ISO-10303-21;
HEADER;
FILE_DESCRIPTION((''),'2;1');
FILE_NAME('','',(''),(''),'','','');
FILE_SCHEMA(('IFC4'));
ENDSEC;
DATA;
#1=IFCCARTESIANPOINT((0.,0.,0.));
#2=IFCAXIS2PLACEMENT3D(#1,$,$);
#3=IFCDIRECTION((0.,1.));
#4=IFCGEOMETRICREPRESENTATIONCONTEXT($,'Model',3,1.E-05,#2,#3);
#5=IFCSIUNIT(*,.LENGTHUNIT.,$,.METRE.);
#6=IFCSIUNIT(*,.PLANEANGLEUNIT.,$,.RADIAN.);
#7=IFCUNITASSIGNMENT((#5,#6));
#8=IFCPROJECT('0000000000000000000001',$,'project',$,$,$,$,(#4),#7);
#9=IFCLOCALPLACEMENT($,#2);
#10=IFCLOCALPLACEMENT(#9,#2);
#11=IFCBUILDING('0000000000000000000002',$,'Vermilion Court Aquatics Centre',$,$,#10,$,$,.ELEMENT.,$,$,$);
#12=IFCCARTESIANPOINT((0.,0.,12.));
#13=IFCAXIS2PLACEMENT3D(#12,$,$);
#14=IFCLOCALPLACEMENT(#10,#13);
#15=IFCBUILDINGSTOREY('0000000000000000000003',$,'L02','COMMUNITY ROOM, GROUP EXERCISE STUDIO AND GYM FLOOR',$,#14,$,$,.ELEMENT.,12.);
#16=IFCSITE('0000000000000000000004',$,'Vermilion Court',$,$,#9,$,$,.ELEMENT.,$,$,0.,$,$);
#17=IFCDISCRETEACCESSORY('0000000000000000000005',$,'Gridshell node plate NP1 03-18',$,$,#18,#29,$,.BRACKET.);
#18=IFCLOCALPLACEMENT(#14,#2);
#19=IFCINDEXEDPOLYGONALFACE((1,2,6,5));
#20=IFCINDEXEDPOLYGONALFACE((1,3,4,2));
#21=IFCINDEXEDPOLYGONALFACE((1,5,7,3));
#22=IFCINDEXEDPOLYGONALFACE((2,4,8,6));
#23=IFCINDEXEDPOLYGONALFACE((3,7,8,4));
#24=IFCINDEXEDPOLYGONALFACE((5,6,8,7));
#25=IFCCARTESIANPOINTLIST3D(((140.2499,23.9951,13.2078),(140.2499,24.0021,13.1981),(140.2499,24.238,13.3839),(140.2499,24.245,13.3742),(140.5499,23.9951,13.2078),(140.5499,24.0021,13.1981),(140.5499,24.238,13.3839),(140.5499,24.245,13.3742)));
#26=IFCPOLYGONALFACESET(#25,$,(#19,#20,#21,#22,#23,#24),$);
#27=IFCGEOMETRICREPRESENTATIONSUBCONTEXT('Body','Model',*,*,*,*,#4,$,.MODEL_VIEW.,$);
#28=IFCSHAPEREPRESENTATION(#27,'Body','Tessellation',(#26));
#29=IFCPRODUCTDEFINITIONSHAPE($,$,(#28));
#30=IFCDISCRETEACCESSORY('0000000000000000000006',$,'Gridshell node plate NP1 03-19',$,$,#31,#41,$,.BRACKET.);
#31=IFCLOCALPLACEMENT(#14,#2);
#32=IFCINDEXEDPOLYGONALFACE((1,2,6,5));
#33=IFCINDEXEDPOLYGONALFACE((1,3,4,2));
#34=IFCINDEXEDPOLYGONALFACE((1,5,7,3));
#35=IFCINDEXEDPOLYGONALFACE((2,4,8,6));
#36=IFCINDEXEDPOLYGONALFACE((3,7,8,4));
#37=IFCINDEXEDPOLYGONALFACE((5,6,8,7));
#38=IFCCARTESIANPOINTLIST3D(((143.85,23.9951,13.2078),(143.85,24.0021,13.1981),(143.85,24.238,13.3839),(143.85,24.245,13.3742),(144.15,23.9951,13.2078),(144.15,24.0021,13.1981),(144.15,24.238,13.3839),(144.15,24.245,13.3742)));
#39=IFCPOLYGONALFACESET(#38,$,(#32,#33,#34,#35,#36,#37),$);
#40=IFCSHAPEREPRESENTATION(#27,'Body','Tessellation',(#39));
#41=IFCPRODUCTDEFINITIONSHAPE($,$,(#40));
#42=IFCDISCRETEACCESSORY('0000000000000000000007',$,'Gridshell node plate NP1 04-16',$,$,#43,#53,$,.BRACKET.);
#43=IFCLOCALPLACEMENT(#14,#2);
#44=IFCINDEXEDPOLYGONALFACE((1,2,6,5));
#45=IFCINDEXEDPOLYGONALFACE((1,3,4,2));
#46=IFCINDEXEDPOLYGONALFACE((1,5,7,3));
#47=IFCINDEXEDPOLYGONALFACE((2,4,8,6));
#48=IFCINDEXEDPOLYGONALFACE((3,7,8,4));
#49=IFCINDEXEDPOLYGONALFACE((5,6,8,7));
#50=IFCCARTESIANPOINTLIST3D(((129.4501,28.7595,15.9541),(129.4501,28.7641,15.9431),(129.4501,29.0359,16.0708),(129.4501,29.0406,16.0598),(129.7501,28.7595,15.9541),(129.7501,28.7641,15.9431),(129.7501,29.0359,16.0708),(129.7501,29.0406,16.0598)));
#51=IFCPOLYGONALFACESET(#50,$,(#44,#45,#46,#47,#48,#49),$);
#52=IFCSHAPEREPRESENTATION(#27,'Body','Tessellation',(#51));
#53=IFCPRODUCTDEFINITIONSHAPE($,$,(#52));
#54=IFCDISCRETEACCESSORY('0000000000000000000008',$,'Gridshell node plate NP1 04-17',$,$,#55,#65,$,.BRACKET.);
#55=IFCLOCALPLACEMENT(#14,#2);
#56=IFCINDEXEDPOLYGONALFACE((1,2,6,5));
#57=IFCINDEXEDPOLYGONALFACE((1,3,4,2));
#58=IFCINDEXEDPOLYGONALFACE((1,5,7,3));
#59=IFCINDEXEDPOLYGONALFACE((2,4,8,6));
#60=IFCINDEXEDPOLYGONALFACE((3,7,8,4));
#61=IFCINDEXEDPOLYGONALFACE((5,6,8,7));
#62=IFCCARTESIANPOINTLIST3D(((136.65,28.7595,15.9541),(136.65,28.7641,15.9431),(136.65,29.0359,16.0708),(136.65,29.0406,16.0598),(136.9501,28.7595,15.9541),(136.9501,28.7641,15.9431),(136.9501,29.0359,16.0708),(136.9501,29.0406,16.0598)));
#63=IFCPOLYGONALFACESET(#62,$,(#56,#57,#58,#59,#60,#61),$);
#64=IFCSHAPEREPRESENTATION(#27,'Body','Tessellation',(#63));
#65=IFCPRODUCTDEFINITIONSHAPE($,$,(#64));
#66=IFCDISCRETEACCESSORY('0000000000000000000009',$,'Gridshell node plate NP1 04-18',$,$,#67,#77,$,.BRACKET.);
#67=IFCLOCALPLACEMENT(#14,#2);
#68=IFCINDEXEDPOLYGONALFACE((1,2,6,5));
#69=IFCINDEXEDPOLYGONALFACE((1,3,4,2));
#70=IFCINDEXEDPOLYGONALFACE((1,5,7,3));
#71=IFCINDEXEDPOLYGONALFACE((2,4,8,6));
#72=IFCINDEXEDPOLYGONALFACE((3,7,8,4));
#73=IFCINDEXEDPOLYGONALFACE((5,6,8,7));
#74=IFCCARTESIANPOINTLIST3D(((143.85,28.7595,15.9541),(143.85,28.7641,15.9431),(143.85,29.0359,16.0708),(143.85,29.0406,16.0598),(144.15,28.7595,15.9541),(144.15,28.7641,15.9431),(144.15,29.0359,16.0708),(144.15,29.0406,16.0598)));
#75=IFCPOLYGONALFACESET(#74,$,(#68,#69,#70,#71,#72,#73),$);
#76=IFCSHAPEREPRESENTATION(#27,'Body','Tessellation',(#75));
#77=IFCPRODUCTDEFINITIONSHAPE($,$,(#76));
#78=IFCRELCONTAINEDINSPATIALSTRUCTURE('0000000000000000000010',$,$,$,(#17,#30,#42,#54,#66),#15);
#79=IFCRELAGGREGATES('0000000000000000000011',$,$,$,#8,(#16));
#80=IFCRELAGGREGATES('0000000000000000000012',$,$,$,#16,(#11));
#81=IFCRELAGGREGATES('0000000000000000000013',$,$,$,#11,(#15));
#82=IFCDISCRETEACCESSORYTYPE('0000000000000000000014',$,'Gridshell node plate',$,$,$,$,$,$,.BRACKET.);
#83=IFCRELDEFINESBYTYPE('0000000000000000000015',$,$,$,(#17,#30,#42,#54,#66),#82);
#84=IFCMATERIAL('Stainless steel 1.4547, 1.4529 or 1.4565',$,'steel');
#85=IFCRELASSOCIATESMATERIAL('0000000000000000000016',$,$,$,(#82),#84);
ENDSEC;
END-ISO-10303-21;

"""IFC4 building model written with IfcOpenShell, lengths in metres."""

from ifc_helpers import new_model, si_unit, direction, frame, origin, origin_2d, place, context, subcontext, project, spatial, rectangle, extrude, material, material_profile, profile_set, type_object, element, save


model = new_model("IFC4")

# Units and contexts
model_context = context("Model", 3, precision=1e-05, world=origin(), true_north=direction((0.0, 1.0)))
body_context = subcontext(model_context, "Body", "Model", "MODEL_VIEW")
ifc_project = project(units=[si_unit("LENGTHUNIT", "METRE"), si_unit("PLANEANGLEUNIT", "RADIAN")], contexts=[model_context])

# Site, building, storey
site_placement = place(None, origin())
site = spatial("IfcSite", under=ifc_project, at=site_placement, Name="Vermilion Court", CompositionType="ELEMENT", RefElevation=0.0)
building_placement = place(site_placement, origin())
building = spatial("IfcBuilding", under=site, at=building_placement, Name="Vermilion Court Aquatics Centre", CompositionType="ELEMENT")
storey_placement = place(building_placement, frame((0.0, 0.0, 12.0)))
storey = spatial("IfcBuildingStorey", under=building, at=storey_placement, Name="L02", Description="COMMUNITY ROOM, GROUP EXERCISE STUDIO AND GYM FLOOR", CompositionType="ELEMENT", Elevation=12.0)

# Discrete accessories
ifc_material_1 = material(Name="Stainless steel 1.4547, 1.4529 or 1.4565", Category="steel")
ifc_material_profile_1 = material_profile(ifc_material_1, rectangle(XDim=0.3, YDim=0.3, at=origin_2d()), Name="PL 12 x 300 x 300")
ifc_profile_set_1 = profile_set([ifc_material_profile_1], Name="Stainless steel 1.4547, 1.4529 or 1.4565")
discrete_accessory_type = type_object("IfcDiscreteAccessoryType", Name="Gridshell node plate", PredefinedType="BRACKET", material=ifc_profile_set_1)
for number, where, z_axis, x_axis, name in (
    (1, (140.3999, 24.1235, 13.2861), (0.0, -0.586968, 0.80961), (1.0, 0.0, 0.0), "Gridshell node plate NP1 03-18"),
    (2, (144.0, 24.1235, 13.2861), (0.0, -0.586968, 0.80961), (1.0, 0.0, 0.0), "Gridshell node plate NP1 03-19"),
    (3, (129.6001, 28.9023, 16.0015), (0.0, -0.388972, 0.92125), (1.0, 0.0, 0.0), "Gridshell node plate NP1 04-16"),
    (4, (136.8, 28.9023, 16.0015), (0.0, -0.388972, 0.92125), (1.0, 0.0, 0.0), "Gridshell node plate NP1 04-17"),
    (5, (144.0, 28.9023, 16.0015), (0.0, -0.388972, 0.92125), (1.0, 0.0, 0.0), "Gridshell node plate NP1 04-18"),
):
    element("IfcDiscreteAccessory", number, at=place(storey_placement, frame(where, z_axis=z_axis, x_axis=x_axis)), inside=storey, type_object=discrete_accessory_type, Name=name, PredefinedType="BRACKET", context=body_context, shape_type="SweptSolid", body=[
        extrude(rectangle(XDim=0.3, YDim=0.3, at=origin_2d()), origin(), (0.0, 0.0, 1.0), 0.012),
    ])

save(model, "model.ifc")
